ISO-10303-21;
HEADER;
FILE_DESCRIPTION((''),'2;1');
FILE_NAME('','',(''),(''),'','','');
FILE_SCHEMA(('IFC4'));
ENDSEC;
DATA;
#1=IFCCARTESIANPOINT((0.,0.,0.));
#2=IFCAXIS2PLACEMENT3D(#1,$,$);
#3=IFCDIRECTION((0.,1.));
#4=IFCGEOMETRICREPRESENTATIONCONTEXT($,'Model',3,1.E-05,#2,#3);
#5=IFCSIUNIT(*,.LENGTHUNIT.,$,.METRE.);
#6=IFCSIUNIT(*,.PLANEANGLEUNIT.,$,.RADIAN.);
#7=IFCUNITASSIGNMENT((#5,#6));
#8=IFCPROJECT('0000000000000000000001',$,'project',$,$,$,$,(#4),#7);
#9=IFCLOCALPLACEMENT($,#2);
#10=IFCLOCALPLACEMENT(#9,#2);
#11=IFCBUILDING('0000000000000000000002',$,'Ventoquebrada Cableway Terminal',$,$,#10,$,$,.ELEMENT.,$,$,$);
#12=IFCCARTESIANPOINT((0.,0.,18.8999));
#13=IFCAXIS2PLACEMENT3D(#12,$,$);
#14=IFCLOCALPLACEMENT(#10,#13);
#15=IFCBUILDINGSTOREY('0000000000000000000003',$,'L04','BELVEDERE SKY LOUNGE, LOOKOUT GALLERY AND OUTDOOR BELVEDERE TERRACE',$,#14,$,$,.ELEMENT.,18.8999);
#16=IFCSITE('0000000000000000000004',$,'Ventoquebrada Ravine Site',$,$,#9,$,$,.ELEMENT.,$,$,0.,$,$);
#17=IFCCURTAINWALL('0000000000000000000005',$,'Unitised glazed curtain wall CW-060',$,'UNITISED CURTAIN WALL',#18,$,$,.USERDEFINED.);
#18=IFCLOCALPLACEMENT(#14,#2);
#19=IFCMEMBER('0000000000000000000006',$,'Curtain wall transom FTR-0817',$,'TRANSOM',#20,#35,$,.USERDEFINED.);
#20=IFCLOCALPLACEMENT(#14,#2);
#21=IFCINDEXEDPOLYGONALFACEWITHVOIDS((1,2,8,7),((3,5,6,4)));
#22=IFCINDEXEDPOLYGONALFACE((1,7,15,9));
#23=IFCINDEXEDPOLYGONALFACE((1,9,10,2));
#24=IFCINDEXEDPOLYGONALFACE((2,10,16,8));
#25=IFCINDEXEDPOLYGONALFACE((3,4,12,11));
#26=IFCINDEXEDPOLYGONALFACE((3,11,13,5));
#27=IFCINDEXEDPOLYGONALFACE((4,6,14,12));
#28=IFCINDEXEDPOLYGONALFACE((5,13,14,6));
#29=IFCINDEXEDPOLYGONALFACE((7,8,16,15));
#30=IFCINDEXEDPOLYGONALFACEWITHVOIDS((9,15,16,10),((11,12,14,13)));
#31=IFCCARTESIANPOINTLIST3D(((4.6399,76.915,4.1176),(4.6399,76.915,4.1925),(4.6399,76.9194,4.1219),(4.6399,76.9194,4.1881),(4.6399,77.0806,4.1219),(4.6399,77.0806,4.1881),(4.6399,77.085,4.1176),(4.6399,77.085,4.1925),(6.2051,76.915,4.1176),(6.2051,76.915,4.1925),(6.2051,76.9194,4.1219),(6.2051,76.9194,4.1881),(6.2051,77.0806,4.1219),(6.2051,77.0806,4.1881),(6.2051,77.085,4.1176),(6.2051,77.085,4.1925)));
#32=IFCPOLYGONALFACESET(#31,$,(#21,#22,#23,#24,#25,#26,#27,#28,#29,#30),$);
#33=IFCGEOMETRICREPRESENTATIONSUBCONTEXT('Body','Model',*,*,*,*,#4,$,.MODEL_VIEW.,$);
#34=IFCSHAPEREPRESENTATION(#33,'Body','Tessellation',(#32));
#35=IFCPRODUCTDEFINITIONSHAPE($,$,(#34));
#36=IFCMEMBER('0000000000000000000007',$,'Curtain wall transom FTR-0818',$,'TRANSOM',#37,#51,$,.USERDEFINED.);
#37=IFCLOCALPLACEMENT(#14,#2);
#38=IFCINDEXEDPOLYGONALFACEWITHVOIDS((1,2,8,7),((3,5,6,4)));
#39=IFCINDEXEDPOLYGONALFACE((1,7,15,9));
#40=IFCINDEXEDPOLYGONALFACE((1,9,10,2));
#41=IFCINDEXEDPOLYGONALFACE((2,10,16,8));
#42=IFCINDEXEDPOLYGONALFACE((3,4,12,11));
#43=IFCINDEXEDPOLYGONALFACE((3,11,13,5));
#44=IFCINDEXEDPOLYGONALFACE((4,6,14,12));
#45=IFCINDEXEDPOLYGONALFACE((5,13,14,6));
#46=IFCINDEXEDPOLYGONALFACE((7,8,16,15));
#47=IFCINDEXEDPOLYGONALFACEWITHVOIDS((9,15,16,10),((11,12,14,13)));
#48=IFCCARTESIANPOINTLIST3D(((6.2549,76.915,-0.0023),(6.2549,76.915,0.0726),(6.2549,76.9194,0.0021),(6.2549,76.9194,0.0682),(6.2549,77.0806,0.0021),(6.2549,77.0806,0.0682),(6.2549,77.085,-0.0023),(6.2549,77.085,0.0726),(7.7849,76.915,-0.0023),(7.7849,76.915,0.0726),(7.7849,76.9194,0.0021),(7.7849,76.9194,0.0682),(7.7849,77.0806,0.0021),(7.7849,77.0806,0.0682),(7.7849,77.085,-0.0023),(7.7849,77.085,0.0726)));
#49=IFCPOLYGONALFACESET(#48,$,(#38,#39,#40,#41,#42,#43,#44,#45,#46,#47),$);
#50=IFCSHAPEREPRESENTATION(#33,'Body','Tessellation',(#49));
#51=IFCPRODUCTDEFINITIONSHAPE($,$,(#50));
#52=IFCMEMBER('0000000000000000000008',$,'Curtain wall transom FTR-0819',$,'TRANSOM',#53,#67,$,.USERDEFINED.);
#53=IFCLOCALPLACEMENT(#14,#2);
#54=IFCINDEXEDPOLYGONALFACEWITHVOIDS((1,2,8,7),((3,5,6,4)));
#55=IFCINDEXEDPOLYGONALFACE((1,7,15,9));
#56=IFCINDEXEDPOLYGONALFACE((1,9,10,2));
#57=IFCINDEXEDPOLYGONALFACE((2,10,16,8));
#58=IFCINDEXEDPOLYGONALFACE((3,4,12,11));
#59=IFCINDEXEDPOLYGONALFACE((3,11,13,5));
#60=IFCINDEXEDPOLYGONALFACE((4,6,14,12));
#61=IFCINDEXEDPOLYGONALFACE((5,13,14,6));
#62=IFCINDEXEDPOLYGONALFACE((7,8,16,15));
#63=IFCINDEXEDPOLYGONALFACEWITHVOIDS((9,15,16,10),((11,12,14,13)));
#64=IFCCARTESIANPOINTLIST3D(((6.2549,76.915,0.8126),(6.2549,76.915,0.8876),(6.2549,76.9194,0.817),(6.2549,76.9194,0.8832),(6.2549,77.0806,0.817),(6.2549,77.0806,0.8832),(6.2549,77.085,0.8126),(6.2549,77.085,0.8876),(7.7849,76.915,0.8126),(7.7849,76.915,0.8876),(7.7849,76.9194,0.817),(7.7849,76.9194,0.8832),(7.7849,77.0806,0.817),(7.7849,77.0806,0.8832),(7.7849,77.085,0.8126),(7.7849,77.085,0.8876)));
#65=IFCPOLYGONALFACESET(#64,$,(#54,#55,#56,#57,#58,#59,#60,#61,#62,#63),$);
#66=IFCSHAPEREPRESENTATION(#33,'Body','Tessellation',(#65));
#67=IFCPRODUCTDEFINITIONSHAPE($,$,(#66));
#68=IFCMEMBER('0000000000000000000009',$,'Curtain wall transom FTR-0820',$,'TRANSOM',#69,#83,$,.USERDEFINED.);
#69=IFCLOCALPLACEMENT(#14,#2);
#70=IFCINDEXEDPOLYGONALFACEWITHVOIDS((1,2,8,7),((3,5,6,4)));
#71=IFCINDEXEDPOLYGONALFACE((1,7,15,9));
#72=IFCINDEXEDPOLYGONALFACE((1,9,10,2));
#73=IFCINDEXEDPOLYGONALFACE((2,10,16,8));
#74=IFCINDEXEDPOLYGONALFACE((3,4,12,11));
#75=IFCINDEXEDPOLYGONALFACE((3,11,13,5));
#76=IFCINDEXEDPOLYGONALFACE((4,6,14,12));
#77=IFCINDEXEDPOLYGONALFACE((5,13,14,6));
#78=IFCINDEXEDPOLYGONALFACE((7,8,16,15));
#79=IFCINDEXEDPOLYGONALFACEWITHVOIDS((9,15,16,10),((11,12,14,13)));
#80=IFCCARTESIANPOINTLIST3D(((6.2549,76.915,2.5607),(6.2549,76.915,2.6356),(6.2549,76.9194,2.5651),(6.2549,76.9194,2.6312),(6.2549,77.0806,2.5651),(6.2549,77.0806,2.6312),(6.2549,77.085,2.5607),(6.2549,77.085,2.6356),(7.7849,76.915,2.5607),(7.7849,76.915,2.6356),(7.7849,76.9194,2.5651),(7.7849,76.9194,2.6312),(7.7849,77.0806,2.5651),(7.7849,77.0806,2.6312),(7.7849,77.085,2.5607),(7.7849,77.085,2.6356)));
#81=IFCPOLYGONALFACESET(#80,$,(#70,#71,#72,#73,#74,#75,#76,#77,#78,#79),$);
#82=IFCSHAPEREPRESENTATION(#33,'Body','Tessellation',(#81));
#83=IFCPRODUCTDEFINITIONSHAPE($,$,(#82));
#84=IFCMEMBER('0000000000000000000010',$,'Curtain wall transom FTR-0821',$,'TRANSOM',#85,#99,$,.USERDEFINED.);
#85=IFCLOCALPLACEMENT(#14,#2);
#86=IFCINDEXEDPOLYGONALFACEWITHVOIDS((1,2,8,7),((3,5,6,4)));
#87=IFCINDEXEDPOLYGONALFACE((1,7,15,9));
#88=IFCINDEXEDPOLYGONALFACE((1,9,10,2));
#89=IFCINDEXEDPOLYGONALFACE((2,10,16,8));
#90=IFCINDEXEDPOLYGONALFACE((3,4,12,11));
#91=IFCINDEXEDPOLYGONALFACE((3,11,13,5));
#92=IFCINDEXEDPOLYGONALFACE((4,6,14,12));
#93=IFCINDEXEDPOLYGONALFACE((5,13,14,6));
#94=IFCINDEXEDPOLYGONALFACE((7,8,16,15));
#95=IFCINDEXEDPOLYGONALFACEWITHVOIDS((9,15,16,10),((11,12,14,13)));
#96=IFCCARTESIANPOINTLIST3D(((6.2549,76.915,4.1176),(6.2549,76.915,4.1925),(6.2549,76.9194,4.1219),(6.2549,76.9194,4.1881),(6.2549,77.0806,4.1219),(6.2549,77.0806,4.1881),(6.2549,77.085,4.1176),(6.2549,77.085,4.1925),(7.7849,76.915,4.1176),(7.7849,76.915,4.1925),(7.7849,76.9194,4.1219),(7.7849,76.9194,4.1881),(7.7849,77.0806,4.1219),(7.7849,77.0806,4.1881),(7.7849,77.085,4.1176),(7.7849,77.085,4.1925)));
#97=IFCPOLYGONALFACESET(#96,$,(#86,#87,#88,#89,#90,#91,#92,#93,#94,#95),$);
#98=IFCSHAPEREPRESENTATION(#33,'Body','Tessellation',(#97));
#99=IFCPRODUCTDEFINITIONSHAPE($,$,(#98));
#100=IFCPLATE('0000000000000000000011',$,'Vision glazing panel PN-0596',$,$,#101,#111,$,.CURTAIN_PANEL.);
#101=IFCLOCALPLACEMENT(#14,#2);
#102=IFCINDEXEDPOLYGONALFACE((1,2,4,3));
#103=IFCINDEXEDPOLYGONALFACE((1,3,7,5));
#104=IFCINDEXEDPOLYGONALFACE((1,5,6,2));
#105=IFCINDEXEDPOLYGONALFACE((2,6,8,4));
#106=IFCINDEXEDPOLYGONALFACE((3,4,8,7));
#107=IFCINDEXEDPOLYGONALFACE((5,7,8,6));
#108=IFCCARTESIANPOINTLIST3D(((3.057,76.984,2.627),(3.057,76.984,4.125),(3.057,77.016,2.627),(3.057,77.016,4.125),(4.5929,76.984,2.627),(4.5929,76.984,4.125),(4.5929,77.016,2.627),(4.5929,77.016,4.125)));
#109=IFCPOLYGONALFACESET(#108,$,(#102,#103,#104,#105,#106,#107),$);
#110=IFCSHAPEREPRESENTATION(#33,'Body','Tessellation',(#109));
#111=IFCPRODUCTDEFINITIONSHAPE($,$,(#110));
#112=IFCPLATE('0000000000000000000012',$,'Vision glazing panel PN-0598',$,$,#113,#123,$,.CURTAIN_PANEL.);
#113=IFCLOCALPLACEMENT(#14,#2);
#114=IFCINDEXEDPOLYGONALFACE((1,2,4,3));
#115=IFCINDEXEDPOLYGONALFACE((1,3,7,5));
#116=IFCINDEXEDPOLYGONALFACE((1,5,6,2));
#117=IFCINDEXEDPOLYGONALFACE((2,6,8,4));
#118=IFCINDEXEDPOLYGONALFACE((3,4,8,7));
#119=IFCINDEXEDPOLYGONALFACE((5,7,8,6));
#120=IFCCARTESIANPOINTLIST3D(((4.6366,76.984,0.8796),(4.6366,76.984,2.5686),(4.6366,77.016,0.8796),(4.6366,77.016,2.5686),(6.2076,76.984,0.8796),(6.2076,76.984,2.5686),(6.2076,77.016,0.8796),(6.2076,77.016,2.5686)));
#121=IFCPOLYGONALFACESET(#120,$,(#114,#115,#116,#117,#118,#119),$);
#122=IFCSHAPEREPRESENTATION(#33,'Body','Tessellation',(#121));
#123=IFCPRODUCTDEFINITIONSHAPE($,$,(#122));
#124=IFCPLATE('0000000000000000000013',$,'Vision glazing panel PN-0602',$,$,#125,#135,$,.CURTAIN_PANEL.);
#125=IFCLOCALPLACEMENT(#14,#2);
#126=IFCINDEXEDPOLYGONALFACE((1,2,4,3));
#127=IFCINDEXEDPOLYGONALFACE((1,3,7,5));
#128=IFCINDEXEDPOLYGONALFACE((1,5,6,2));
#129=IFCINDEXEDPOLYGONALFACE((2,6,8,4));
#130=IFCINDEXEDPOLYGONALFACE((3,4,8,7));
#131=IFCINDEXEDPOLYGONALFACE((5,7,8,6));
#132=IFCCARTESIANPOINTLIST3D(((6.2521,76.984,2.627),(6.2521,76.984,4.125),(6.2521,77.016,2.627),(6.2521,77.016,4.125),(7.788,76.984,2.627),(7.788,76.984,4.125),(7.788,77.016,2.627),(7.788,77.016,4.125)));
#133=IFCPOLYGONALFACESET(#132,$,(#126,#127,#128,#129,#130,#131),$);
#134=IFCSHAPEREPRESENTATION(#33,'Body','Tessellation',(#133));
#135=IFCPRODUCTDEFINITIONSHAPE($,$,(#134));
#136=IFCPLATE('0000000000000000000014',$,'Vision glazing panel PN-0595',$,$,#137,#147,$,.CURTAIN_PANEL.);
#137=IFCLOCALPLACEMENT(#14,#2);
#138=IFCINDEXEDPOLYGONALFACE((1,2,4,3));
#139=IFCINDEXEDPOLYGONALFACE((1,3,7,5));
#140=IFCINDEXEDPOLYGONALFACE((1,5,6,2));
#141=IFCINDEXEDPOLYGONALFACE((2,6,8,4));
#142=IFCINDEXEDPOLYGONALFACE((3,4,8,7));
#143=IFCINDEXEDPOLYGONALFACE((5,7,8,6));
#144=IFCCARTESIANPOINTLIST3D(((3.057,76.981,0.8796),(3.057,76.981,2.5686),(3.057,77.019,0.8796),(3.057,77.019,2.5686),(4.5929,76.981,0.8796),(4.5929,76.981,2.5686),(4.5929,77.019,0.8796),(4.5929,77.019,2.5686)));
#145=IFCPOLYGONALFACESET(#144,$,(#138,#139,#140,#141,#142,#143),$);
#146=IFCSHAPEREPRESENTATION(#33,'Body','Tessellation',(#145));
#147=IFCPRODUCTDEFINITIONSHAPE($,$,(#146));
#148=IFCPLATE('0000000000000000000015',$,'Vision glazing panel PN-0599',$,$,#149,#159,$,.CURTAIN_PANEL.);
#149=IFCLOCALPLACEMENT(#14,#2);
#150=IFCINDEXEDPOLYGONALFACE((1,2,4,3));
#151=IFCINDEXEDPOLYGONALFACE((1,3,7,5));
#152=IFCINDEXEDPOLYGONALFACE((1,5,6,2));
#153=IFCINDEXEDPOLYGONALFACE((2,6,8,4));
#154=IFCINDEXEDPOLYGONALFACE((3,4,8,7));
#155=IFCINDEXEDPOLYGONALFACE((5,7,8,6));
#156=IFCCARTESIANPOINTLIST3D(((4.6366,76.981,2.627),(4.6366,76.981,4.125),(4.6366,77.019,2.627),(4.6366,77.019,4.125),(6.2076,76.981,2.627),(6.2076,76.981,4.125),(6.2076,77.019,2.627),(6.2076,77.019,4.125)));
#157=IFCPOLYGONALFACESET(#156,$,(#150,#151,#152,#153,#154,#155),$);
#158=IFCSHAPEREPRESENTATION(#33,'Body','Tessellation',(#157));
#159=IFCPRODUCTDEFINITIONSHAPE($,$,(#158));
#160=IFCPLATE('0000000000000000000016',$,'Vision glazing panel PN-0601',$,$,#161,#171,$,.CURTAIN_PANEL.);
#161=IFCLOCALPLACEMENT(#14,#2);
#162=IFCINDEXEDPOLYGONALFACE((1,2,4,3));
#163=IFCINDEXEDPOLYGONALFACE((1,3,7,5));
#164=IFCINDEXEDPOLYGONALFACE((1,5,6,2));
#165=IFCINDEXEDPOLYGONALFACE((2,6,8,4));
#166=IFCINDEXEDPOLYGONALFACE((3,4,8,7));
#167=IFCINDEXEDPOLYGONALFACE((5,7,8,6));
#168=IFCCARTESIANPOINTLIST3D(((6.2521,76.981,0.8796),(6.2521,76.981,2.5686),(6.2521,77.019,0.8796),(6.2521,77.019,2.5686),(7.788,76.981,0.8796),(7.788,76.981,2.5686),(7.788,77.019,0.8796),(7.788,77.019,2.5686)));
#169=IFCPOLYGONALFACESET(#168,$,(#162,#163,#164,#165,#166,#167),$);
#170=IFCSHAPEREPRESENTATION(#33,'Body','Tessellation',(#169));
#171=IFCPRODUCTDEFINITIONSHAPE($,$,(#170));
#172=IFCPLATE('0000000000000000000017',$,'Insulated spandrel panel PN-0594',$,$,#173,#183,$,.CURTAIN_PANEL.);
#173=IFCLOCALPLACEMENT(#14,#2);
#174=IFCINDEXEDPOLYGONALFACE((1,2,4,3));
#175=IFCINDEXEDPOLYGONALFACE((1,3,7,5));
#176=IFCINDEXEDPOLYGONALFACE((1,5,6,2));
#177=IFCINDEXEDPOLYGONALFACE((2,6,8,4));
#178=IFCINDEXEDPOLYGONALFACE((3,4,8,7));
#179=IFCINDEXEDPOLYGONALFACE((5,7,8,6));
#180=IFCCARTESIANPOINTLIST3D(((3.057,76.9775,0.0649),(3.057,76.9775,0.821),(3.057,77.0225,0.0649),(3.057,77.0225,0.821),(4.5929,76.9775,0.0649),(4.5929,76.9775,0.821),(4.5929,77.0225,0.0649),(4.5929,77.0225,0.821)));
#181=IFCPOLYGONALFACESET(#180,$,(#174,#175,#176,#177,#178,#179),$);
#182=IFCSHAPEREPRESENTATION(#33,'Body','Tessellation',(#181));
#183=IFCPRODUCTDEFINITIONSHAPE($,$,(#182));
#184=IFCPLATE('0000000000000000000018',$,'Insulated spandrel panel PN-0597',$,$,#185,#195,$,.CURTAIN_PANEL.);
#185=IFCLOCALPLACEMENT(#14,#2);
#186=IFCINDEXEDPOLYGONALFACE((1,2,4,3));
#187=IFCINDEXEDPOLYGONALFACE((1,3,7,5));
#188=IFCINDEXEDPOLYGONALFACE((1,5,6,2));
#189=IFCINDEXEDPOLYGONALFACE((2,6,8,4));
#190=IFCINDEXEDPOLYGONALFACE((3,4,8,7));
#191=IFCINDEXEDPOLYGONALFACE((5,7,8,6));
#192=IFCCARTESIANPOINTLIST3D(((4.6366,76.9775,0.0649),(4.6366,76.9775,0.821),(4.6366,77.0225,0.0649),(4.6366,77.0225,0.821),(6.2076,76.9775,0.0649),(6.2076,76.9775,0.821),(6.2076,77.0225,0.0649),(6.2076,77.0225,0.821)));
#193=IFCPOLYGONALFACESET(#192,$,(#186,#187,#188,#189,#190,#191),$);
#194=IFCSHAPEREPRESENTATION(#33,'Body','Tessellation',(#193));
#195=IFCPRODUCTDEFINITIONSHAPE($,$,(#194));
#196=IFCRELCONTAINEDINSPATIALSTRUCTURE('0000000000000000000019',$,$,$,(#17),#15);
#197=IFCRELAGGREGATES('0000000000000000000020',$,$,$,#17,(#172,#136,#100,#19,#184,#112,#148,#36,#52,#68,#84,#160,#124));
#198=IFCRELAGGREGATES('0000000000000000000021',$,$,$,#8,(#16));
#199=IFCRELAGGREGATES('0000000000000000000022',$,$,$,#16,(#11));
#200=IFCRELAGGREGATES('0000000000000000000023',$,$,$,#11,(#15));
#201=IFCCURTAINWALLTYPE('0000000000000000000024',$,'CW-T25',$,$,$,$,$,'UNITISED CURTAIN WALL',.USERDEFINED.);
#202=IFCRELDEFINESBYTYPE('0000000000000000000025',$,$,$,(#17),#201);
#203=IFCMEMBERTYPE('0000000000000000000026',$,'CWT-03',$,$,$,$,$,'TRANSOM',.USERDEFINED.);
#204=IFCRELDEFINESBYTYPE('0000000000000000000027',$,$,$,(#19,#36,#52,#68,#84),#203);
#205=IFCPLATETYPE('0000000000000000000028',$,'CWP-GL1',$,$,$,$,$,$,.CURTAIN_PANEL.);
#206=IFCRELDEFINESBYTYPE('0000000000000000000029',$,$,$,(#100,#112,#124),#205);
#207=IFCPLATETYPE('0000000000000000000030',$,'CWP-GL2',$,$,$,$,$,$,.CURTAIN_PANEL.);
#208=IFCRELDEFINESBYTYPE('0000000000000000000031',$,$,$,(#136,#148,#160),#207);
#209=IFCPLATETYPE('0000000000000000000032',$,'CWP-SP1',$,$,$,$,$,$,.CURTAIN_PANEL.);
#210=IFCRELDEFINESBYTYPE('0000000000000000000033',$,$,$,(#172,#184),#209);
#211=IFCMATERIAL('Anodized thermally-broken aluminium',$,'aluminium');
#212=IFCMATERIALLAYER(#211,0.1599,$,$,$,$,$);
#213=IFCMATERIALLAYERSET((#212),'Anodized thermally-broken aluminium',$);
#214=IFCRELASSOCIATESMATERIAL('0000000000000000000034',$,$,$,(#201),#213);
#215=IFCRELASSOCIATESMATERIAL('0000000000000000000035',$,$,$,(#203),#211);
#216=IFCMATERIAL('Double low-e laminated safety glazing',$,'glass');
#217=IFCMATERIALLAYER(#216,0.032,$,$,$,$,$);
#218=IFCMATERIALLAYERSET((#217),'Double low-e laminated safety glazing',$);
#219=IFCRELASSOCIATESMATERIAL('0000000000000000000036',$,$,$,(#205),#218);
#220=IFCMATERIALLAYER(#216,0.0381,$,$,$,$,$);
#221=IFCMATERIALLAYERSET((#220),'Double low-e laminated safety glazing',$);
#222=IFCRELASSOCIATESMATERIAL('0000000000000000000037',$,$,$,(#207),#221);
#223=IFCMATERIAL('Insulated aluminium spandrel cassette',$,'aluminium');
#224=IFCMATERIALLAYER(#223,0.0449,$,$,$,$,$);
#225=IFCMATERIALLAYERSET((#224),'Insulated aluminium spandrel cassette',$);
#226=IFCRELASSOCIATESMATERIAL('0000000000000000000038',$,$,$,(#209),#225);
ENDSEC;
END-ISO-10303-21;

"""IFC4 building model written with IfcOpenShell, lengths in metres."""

from ifc_helpers import new_model, si_unit, direction, frame, origin, origin_2d, place, context, subcontext, project, spatial, rectangle, hollow_rectangle, extrude, material, layer, layer_set, material_profile, profile_set, type_object, element, aggregate, save


model = new_model("IFC4")

# Units and contexts
model_context = context("Model", 3, precision=1e-05, world=origin(), true_north=direction((0.0, 1.0)))
body_context = subcontext(model_context, "Body", "Model", "MODEL_VIEW")
ifc_project = project(units=[si_unit("LENGTHUNIT", "METRE"), si_unit("PLANEANGLEUNIT", "RADIAN")], contexts=[model_context])

# Site, building, storey
site_placement = place(None, origin())
site = spatial("IfcSite", under=ifc_project, at=site_placement, Name="Ventoquebrada Ravine Site", CompositionType="ELEMENT", RefElevation=0.0)
building_placement = place(site_placement, origin())
building = spatial("IfcBuilding", under=site, at=building_placement, Name="Ventoquebrada Cableway Terminal", CompositionType="ELEMENT")
storey_placement = place(building_placement, frame((0.0, 0.0, 18.8999)))
storey = spatial("IfcBuildingStorey", under=building, at=storey_placement, Name="L04", Description="BELVEDERE SKY LOUNGE, LOOKOUT GALLERY AND OUTDOOR BELVEDERE TERRACE", CompositionType="ELEMENT", Elevation=18.8999)

# Curtain wall, members, plates
ifc_material_1 = material(Name="Anodized thermally-broken aluminium", Category="aluminium")
ifc_layer_1 = layer(ifc_material_1, 0.1599)
ifc_layer_set_1 = layer_set([ifc_layer_1], Name="Anodized thermally-broken aluminium")
curtain_wall_type = type_object("IfcCurtainWallType", Name="CW-T25", ElementType="UNITISED CURTAIN WALL", PredefinedType="USERDEFINED", material=ifc_layer_set_1)
curtain_wall_placement = place(storey_placement, origin())
curtain_wall = element("IfcCurtainWall", 1, at=curtain_wall_placement, inside=storey, type_object=curtain_wall_type, Name="Unitised glazed curtain wall CW-060", ObjectType="UNITISED CURTAIN WALL", PredefinedType="USERDEFINED")
ifc_material_profile_1 = material_profile(ifc_material_1, hollow_rectangle(XDim=0.075, YDim=0.1699, WallThickness=0.0044, at=origin_2d()), Name="CW-TRN-75X170")
ifc_profile_set_1 = profile_set([ifc_material_profile_1], Name="Anodized thermally-broken aluminium")
member_type_1 = type_object("IfcMemberType", Name="CWT-03", ElementType="TRANSOM", PredefinedType="USERDEFINED", material=ifc_profile_set_1)
member_1_placement = place(storey_placement, frame((4.6399, 77.0, 4.155), z_axis=(1.0, 0.0, 0.0), x_axis=(0.0, 0.0, 1.0)))
member_1 = element("IfcMember", 2, at=member_1_placement, type_object=member_type_1, Name="Curtain wall transom FTR-0817", ObjectType="TRANSOM", PredefinedType="USERDEFINED", context=body_context, shape_type="SweptSolid", body=[
    extrude(hollow_rectangle(XDim=0.075, YDim=0.1699, WallThickness=0.0044, at=origin_2d()), origin(), (0.0, 0.0, 1.0), 1.5652),
])
member_2_placement = place(storey_placement, frame((6.2549, 77.0, 0.0352), z_axis=(1.0, 0.0, 0.0), x_axis=(0.0, 0.0, 1.0)))
member_2 = element("IfcMember", 3, at=member_2_placement, type_object=member_type_1, Name="Curtain wall transom FTR-0818", ObjectType="TRANSOM", PredefinedType="USERDEFINED", context=body_context, shape_type="SweptSolid", body=[
    extrude(hollow_rectangle(XDim=0.075, YDim=0.1699, WallThickness=0.0044, at=origin_2d()), origin(), (0.0, 0.0, 1.0), 1.53),
])
member_3_placement = place(storey_placement, frame((6.2549, 77.0, 0.8501), z_axis=(1.0, 0.0, 0.0), x_axis=(0.0, 0.0, 1.0)))
member_3 = element("IfcMember", 4, at=member_3_placement, type_object=member_type_1, Name="Curtain wall transom FTR-0819", ObjectType="TRANSOM", PredefinedType="USERDEFINED", context=body_context, shape_type="SweptSolid", body=[
    extrude(hollow_rectangle(XDim=0.075, YDim=0.1699, WallThickness=0.0044, at=origin_2d()), origin(), (0.0, 0.0, 1.0), 1.53),
])
member_4_placement = place(storey_placement, frame((6.2549, 77.0, 2.5981), z_axis=(1.0, 0.0, 0.0), x_axis=(0.0, 0.0, 1.0)))
member_4 = element("IfcMember", 5, at=member_4_placement, type_object=member_type_1, Name="Curtain wall transom FTR-0820", ObjectType="TRANSOM", PredefinedType="USERDEFINED", context=body_context, shape_type="SweptSolid", body=[
    extrude(hollow_rectangle(XDim=0.075, YDim=0.1699, WallThickness=0.0044, at=origin_2d()), origin(), (0.0, 0.0, 1.0), 1.53),
])
member_5_placement = place(storey_placement, frame((6.2549, 77.0, 4.155), z_axis=(1.0, 0.0, 0.0), x_axis=(0.0, 0.0, 1.0)))
member_5 = element("IfcMember", 6, at=member_5_placement, type_object=member_type_1, Name="Curtain wall transom FTR-0821", ObjectType="TRANSOM", PredefinedType="USERDEFINED", context=body_context, shape_type="SweptSolid", body=[
    extrude(hollow_rectangle(XDim=0.075, YDim=0.1699, WallThickness=0.0044, at=origin_2d()), origin(), (0.0, 0.0, 1.0), 1.53),
])
ifc_material_2 = material(Name="Double low-e laminated safety glazing", Category="glass")
ifc_layer_2 = layer(ifc_material_2, 0.032)
ifc_layer_set_2 = layer_set([ifc_layer_2], Name="Double low-e laminated safety glazing")
plate_type_1 = type_object("IfcPlateType", Name="CWP-GL1", PredefinedType="CURTAIN_PANEL", material=ifc_layer_set_2)
plate_1_placement = place(storey_placement, frame((3.825, 77.0, 2.627), z_axis=(0.0, 0.0, 1.0), x_axis=(1.0, 0.0, 0.0)))
plate_1 = element("IfcPlate", 7, at=plate_1_placement, type_object=plate_type_1, Name="Vision glazing panel PN-0596", PredefinedType="CURTAIN_PANEL", context=body_context, shape_type="SweptSolid", body=[
    extrude(rectangle(XDim=1.5359, YDim=0.032, at=origin_2d()), origin(), (0.0, 0.0, 1.0), 1.498),
])
plate_2_placement = place(storey_placement, frame((5.4221, 77.0, 0.8796), z_axis=(0.0, 0.0, 1.0), x_axis=(1.0, 0.0, 0.0)))
plate_2 = element("IfcPlate", 8, at=plate_2_placement, type_object=plate_type_1, Name="Vision glazing panel PN-0598", PredefinedType="CURTAIN_PANEL", context=body_context, shape_type="SweptSolid", body=[
    extrude(rectangle(XDim=1.571, YDim=0.032, at=origin_2d()), origin(), (0.0, 0.0, 1.0), 1.689),
])
plate_3_placement = place(storey_placement, frame((7.02, 77.0, 2.627), z_axis=(0.0, 0.0, 1.0), x_axis=(1.0, 0.0, 0.0)))
plate_3 = element("IfcPlate", 9, at=plate_3_placement, type_object=plate_type_1, Name="Vision glazing panel PN-0602", PredefinedType="CURTAIN_PANEL", context=body_context, shape_type="SweptSolid", body=[
    extrude(rectangle(XDim=1.5359, YDim=0.032, at=origin_2d()), origin(), (0.0, 0.0, 1.0), 1.498),
])
ifc_layer_3 = layer(ifc_material_2, 0.0381)
ifc_layer_set_3 = layer_set([ifc_layer_3], Name="Double low-e laminated safety glazing")
plate_type_2 = type_object("IfcPlateType", Name="CWP-GL2", PredefinedType="CURTAIN_PANEL", material=ifc_layer_set_3)
plate_4_placement = place(storey_placement, frame((3.825, 77.0, 0.8796), z_axis=(0.0, 0.0, 1.0), x_axis=(1.0, 0.0, 0.0)))
plate_4 = element("IfcPlate", 10, at=plate_4_placement, type_object=plate_type_2, Name="Vision glazing panel PN-0595", PredefinedType="CURTAIN_PANEL", context=body_context, shape_type="SweptSolid", body=[
    extrude(rectangle(XDim=1.5359, YDim=0.0381, at=origin_2d()), origin(), (0.0, 0.0, 1.0), 1.689),
])
plate_5_placement = place(storey_placement, frame((5.4221, 77.0, 2.627), z_axis=(0.0, 0.0, 1.0), x_axis=(1.0, 0.0, 0.0)))
plate_5 = element("IfcPlate", 11, at=plate_5_placement, type_object=plate_type_2, Name="Vision glazing panel PN-0599", PredefinedType="CURTAIN_PANEL", context=body_context, shape_type="SweptSolid", body=[
    extrude(rectangle(XDim=1.571, YDim=0.0381, at=origin_2d()), origin(), (0.0, 0.0, 1.0), 1.498),
])
plate_6_placement = place(storey_placement, frame((7.02, 77.0, 0.8796), z_axis=(0.0, 0.0, 1.0), x_axis=(1.0, 0.0, 0.0)))
plate_6 = element("IfcPlate", 12, at=plate_6_placement, type_object=plate_type_2, Name="Vision glazing panel PN-0601", PredefinedType="CURTAIN_PANEL", context=body_context, shape_type="SweptSolid", body=[
    extrude(rectangle(XDim=1.5359, YDim=0.0381, at=origin_2d()), origin(), (0.0, 0.0, 1.0), 1.689),
])
ifc_material_3 = material(Name="Insulated aluminium spandrel cassette", Category="aluminium")
ifc_layer_4 = layer(ifc_material_3, 0.0449)
ifc_layer_set_4 = layer_set([ifc_layer_4], Name="Insulated aluminium spandrel cassette")
plate_type_3 = type_object("IfcPlateType", Name="CWP-SP1", PredefinedType="CURTAIN_PANEL", material=ifc_layer_set_4)
plate_7_placement = place(storey_placement, frame((3.825, 77.0, 0.0649), z_axis=(0.0, 0.0, 1.0), x_axis=(1.0, 0.0, 0.0)))
plate_7 = element("IfcPlate", 13, at=plate_7_placement, type_object=plate_type_3, Name="Insulated spandrel panel PN-0594", PredefinedType="CURTAIN_PANEL", context=body_context, shape_type="SweptSolid", body=[
    extrude(rectangle(XDim=1.5359, YDim=0.0449, at=origin_2d()), origin(), (0.0, 0.0, 1.0), 0.7561),
])
plate_8_placement = place(storey_placement, frame((5.4221, 77.0, 0.0649), z_axis=(0.0, 0.0, 1.0), x_axis=(1.0, 0.0, 0.0)))
plate_8 = element("IfcPlate", 14, at=plate_8_placement, type_object=plate_type_3, Name="Insulated spandrel panel PN-0597", PredefinedType="CURTAIN_PANEL", context=body_context, shape_type="SweptSolid", body=[
    extrude(rectangle(XDim=1.571, YDim=0.0449, at=origin_2d()), origin(), (0.0, 0.0, 1.0), 0.7561),
])
aggregate(curtain_wall, [plate_7, plate_4, plate_1, member_1, plate_8, plate_2, plate_5, member_2, member_3, member_4, member_5, plate_6, plate_3])

save(model, "model.ifc")
